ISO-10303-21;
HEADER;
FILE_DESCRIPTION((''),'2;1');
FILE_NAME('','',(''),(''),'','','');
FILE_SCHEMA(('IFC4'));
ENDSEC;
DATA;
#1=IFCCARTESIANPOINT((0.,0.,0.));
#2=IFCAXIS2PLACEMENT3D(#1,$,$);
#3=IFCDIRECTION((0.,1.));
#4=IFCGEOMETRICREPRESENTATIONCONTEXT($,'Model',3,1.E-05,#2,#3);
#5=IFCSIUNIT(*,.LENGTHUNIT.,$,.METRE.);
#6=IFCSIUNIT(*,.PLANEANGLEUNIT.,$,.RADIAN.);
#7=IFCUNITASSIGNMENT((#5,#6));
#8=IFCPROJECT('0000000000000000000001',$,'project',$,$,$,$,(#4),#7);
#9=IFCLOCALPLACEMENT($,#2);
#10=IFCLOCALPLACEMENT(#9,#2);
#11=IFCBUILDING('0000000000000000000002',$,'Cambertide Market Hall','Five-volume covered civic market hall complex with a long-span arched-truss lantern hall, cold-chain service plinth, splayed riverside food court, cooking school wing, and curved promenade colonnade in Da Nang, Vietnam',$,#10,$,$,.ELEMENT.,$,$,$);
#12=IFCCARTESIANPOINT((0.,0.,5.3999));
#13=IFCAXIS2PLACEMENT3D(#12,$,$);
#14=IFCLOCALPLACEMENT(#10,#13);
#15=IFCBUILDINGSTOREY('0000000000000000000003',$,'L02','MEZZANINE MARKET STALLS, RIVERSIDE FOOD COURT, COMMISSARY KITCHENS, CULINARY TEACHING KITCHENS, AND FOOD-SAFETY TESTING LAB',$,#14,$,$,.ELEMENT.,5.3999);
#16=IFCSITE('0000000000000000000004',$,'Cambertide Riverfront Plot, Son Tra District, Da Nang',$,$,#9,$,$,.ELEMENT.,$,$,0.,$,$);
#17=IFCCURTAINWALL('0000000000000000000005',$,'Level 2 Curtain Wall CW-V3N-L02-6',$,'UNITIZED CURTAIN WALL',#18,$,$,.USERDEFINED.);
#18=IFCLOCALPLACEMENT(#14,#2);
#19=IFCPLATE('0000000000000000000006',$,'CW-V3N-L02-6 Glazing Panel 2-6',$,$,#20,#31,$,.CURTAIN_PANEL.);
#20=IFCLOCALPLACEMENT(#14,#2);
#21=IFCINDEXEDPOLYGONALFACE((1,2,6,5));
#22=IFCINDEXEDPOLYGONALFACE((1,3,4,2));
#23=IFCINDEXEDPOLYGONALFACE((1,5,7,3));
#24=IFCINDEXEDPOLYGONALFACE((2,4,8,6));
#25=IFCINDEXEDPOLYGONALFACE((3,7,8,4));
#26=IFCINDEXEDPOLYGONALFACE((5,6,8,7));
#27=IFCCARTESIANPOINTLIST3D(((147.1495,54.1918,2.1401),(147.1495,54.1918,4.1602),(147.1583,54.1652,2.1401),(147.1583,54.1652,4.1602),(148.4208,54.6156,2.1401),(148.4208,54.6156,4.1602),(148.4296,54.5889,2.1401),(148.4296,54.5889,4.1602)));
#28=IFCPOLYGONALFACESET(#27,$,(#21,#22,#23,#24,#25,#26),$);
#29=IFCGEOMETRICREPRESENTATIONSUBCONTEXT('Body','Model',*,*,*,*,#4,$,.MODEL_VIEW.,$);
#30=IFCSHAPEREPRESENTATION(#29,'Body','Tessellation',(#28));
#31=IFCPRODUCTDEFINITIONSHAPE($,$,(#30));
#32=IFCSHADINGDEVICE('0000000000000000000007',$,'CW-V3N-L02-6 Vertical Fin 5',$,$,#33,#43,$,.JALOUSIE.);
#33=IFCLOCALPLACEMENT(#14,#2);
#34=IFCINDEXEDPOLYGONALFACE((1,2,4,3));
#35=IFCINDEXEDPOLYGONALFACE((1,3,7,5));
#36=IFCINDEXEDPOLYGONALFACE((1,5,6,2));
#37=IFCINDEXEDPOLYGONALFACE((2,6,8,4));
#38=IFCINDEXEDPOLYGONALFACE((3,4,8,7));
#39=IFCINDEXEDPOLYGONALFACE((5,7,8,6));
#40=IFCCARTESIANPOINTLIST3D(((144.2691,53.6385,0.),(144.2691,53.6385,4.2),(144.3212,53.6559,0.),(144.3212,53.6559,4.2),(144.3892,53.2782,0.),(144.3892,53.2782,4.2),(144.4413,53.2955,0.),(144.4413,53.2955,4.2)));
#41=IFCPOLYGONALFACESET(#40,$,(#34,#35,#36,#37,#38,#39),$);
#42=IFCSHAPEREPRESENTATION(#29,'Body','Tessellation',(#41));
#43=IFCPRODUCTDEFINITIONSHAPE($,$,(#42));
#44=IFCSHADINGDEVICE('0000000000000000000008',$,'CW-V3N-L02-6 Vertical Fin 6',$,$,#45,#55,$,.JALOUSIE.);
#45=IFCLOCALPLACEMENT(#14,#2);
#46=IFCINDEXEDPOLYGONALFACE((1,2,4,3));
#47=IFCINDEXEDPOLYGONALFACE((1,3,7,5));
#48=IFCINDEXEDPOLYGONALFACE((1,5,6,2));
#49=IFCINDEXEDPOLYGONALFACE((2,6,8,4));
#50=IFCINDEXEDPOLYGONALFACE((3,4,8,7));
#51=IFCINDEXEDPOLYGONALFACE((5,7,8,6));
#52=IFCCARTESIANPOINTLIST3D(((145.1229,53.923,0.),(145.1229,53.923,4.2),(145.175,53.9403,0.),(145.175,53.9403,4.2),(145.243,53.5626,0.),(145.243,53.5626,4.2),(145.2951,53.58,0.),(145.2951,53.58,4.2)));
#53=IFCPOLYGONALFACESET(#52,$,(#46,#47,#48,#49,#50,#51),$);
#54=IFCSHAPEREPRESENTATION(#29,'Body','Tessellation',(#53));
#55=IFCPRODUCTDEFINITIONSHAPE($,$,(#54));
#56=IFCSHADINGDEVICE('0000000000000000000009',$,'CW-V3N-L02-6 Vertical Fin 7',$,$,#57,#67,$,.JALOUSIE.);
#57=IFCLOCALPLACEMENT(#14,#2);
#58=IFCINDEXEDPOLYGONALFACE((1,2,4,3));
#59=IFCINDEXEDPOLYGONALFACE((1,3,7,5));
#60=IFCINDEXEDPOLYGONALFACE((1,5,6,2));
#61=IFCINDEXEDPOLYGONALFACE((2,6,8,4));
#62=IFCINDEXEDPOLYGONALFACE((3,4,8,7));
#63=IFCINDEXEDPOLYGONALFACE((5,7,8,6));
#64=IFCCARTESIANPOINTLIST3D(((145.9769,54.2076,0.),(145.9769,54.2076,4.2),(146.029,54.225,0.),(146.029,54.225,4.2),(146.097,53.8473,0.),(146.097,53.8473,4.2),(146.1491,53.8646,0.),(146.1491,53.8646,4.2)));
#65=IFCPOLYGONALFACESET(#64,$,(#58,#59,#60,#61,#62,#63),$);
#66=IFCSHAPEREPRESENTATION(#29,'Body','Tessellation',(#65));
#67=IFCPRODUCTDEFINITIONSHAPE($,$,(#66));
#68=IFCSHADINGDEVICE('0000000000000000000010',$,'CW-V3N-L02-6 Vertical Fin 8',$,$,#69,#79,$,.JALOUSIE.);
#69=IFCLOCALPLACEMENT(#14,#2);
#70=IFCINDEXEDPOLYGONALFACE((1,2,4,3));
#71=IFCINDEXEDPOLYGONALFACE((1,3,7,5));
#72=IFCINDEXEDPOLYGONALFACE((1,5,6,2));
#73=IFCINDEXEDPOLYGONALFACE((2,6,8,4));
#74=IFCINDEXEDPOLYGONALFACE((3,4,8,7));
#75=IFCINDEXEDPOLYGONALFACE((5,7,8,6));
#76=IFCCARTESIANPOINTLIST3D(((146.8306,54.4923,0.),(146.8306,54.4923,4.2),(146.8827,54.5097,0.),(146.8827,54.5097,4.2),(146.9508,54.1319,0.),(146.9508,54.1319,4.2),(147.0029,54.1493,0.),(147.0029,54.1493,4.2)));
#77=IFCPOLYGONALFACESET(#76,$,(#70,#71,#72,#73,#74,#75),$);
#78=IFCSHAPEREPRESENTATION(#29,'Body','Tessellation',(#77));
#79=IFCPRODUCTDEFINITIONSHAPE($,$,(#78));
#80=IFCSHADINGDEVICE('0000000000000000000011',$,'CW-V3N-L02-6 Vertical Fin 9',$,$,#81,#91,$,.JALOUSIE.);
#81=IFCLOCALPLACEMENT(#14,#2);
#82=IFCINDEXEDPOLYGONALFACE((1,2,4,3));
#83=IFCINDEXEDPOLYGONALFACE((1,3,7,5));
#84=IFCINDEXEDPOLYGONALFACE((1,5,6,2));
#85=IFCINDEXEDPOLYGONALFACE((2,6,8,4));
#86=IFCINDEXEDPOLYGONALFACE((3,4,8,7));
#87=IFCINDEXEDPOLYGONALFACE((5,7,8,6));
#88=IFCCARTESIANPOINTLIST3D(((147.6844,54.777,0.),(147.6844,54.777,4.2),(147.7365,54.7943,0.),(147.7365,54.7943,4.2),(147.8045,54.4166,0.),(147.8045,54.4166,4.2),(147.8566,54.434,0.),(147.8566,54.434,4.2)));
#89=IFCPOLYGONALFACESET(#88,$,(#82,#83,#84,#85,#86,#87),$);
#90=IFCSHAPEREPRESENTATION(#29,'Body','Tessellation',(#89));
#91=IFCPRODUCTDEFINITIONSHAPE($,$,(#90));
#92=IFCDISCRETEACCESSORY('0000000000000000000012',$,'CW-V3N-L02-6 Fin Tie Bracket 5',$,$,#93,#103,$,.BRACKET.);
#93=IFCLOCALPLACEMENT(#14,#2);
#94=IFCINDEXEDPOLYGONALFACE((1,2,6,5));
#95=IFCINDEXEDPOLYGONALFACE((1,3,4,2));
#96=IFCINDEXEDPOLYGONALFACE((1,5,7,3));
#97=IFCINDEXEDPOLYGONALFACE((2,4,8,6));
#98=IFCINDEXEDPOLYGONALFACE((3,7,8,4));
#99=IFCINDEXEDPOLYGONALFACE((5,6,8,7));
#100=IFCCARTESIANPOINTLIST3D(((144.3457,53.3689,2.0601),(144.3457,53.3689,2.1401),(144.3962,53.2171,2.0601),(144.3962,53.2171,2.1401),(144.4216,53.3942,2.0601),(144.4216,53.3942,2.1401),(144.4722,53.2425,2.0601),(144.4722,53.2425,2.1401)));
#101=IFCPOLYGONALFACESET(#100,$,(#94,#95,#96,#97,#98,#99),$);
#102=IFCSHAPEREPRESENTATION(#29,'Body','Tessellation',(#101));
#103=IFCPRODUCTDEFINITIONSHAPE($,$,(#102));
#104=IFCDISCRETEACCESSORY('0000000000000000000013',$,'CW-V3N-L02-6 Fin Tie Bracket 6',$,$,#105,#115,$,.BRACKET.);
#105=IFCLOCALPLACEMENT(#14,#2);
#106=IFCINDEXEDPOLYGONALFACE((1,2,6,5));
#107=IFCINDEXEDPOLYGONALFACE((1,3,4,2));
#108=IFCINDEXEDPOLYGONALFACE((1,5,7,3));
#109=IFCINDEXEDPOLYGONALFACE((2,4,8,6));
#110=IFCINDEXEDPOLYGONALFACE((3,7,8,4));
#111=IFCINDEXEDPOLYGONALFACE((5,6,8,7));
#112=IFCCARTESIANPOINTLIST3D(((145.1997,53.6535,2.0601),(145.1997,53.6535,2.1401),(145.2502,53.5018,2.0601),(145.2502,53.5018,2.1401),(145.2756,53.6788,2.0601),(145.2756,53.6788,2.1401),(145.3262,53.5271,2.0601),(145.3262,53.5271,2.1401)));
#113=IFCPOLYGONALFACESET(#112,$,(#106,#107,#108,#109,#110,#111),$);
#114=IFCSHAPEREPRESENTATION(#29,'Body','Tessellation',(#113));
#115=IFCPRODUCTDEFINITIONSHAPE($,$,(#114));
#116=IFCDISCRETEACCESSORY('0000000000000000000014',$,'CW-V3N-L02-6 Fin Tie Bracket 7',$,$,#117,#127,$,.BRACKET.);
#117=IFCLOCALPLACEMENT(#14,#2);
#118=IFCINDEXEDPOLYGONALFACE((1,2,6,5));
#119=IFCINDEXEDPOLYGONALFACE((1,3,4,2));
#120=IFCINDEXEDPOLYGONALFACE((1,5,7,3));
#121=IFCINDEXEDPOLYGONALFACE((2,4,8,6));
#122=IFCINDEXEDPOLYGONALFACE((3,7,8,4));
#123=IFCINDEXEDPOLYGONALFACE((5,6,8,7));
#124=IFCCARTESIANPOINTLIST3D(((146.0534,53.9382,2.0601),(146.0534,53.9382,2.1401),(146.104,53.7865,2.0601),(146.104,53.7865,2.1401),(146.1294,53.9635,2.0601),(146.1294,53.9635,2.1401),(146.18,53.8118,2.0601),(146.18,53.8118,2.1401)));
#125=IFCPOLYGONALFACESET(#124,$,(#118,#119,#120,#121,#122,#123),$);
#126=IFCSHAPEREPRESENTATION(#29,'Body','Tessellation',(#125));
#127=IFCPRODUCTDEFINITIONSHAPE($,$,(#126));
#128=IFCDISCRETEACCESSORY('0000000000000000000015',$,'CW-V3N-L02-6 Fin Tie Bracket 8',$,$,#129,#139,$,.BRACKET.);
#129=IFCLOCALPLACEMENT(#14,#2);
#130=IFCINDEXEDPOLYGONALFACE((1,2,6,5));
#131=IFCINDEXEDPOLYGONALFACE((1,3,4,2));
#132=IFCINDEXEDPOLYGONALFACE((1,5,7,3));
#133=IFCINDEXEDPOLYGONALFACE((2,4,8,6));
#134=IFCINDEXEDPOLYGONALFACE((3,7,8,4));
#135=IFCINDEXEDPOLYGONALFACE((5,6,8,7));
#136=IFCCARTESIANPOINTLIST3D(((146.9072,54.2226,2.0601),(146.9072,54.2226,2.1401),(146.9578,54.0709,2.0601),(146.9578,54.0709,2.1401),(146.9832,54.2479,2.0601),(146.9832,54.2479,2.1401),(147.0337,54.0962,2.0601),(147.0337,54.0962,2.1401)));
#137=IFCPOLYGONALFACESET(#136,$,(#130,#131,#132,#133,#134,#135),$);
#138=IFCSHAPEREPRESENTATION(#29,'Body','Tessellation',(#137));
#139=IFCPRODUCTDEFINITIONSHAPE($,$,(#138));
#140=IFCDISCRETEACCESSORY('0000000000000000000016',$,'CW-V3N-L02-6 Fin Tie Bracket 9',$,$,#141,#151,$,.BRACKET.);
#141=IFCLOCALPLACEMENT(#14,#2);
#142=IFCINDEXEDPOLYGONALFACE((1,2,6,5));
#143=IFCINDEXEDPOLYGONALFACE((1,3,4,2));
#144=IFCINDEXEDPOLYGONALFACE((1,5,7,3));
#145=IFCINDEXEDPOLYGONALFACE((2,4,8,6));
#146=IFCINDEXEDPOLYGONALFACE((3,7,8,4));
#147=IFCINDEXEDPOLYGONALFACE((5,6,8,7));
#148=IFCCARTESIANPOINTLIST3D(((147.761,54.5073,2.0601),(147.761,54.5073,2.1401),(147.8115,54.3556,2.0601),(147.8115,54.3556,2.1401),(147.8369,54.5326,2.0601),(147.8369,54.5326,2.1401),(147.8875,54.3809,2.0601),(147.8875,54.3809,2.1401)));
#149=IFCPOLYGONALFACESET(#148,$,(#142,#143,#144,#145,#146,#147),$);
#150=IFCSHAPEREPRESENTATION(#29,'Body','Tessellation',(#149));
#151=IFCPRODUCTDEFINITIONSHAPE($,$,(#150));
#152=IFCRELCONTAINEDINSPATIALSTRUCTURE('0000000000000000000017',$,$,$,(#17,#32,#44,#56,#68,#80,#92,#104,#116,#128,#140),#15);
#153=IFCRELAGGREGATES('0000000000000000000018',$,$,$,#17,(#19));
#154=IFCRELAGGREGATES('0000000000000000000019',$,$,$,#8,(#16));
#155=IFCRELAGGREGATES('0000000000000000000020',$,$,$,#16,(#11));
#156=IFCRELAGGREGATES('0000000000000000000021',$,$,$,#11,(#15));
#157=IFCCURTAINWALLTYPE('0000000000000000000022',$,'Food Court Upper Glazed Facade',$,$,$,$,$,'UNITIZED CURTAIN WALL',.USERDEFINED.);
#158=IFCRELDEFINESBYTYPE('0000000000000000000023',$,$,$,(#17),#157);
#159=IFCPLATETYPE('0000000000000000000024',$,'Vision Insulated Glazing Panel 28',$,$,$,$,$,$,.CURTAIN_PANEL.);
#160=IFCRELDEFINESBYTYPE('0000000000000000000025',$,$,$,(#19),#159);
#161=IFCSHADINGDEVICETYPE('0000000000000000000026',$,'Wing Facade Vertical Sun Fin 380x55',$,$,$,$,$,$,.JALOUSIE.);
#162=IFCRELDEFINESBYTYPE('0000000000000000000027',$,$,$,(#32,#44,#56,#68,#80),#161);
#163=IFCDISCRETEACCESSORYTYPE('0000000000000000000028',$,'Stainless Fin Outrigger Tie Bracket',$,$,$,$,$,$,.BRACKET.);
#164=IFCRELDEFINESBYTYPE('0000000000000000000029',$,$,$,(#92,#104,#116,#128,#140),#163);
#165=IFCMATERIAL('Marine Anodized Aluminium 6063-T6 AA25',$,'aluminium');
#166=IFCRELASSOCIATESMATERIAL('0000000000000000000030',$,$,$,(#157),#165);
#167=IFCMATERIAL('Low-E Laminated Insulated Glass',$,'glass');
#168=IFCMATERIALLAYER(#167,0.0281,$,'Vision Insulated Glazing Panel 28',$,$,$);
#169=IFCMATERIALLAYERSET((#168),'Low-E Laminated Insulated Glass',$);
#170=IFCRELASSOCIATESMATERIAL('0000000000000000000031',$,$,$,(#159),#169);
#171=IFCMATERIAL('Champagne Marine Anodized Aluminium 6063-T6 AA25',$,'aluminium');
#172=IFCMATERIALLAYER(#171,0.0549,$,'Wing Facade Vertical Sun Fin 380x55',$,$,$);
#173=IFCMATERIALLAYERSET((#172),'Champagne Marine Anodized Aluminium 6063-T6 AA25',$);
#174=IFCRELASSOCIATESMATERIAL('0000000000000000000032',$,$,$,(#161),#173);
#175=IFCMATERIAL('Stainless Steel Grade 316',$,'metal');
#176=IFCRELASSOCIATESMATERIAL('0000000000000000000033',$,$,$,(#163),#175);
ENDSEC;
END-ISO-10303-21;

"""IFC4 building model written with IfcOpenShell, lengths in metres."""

from ifc_helpers import new_model, si_unit, direction, frame, origin, origin_2d, place, context, subcontext, project, spatial, rectangle, extrude, material, layer, layer_set, type_object, element, aggregate, save


model = new_model("IFC4")

# Units and contexts
model_context = context("Model", 3, precision=1e-05, world=origin(), true_north=direction((0.0, 1.0)))
body_context = subcontext(model_context, "Body", "Model", "MODEL_VIEW")
ifc_project = project(units=[si_unit("LENGTHUNIT", "METRE"), si_unit("PLANEANGLEUNIT", "RADIAN")], contexts=[model_context])

# Site, building, storey
site_placement = place(None, origin())
site = spatial("IfcSite", under=ifc_project, at=site_placement, Name="Cambertide Riverfront Plot, Son Tra District, Da Nang", CompositionType="ELEMENT", RefElevation=0.0)
building_placement = place(site_placement, origin())
building = spatial("IfcBuilding", under=site, at=building_placement, Name="Cambertide Market Hall", Description="Five-volume covered civic market hall complex with a long-span arched-truss lantern hall, cold-chain service plinth, splayed riverside food court, cooking school wing, and curved promenade colonnade in Da Nang, Vietnam", CompositionType="ELEMENT")
storey_placement = place(building_placement, frame((0.0, 0.0, 5.3999)))
storey = spatial("IfcBuildingStorey", under=building, at=storey_placement, Name="L02", Description="MEZZANINE MARKET STALLS, RIVERSIDE FOOD COURT, COMMISSARY KITCHENS, CULINARY TEACHING KITCHENS, AND FOOD-SAFETY TESTING LAB", CompositionType="ELEMENT", Elevation=5.3999)

# Curtain wall
ifc_material_1 = material(Name="Marine Anodized Aluminium 6063-T6 AA25", Category="aluminium")
curtain_wall_type = type_object("IfcCurtainWallType", Name="Food Court Upper Glazed Facade", ElementType="UNITIZED CURTAIN WALL", PredefinedType="USERDEFINED", material=ifc_material_1)
curtain_wall_placement = place(storey_placement, origin())
curtain_wall = element("IfcCurtainWall", 1, at=curtain_wall_placement, inside=storey, type_object=curtain_wall_type, Name="Level 2 Curtain Wall CW-V3N-L02-6", ObjectType="UNITIZED CURTAIN WALL", PredefinedType="USERDEFINED")

# Plate
ifc_material_2 = material(Name="Low-E Laminated Insulated Glass", Category="glass")
ifc_layer_1 = layer(ifc_material_2, 0.0281, Name="Vision Insulated Glazing Panel 28")
ifc_layer_set_1 = layer_set([ifc_layer_1], Name="Low-E Laminated Insulated Glass")
plate_type = type_object("IfcPlateType", Name="Vision Insulated Glazing Panel 28", PredefinedType="CURTAIN_PANEL", material=ifc_layer_set_1)
plate_1_placement = place(storey_placement, frame((147.7896, 54.3904, 2.1401), z_axis=(0.0, 0.0, 1.0), x_axis=(0.948683, 0.316228, 0.0)))
plate_1 = element("IfcPlate", 2, at=plate_1_placement, type_object=plate_type, Name="CW-V3N-L02-6 Glazing Panel 2-6", PredefinedType="CURTAIN_PANEL", context=body_context, shape_type="SweptSolid", body=[
    extrude(rectangle(XDim=1.3401, YDim=0.0281, at=origin_2d()), origin(), (0.0, 0.0, 1.0), 2.02),
])
aggregate(curtain_wall, [plate_1])

# Shading devices
ifc_material_3 = material(Name="Champagne Marine Anodized Aluminium 6063-T6 AA25", Category="aluminium")
ifc_layer_2 = layer(ifc_material_3, 0.0549, Name="Wing Facade Vertical Sun Fin 380x55")
ifc_layer_set_2 = layer_set([ifc_layer_2], Name="Champagne Marine Anodized Aluminium 6063-T6 AA25")
shading_device_type = type_object("IfcShadingDeviceType", Name="Wing Facade Vertical Sun Fin 380x55", PredefinedType="JALOUSIE", material=ifc_layer_set_2)
for number, where, z_axis, x_axis, name in (
    (3, (144.3552, 53.467, 0.0), (0.0, 0.0, 1.0), (0.948683, 0.316228, 0.0), "CW-V3N-L02-6 Vertical Fin 5"),
    (4, (145.209, 53.7515, 0.0), (0.0, 0.0, 1.0), (0.948683, 0.316228, 0.0), "CW-V3N-L02-6 Vertical Fin 6"),
    (5, (146.063, 54.0361, 0.0), (0.0, 0.0, 1.0), (0.948683, 0.316228, 0.0), "CW-V3N-L02-6 Vertical Fin 7"),
    (6, (146.9167, 54.3208, 0.0), (0.0, 0.0, 1.0), (0.948683, 0.316228, 0.0), "CW-V3N-L02-6 Vertical Fin 8"),
    (7, (147.7705, 54.6055, 0.0), (0.0, 0.0, 1.0), (0.948683, 0.316228, 0.0), "CW-V3N-L02-6 Vertical Fin 9"),
):
    element("IfcShadingDevice", number, at=place(storey_placement, frame(where, z_axis=z_axis, x_axis=x_axis)), inside=storey, type_object=shading_device_type, Name=name, PredefinedType="JALOUSIE", context=body_context, shape_type="SweptSolid", body=[
        extrude(rectangle(XDim=0.0549, YDim=0.3799, at=origin_2d()), origin(), (0.0, 0.0, 1.0), 4.2),
    ])

# Discrete accessories
ifc_material_4 = material(Name="Stainless Steel Grade 316", Category="metal")
discrete_accessory_type = type_object("IfcDiscreteAccessoryType", Name="Stainless Fin Outrigger Tie Bracket", PredefinedType="BRACKET", material=ifc_material_4)
for number, where, z_axis, x_axis, name in (
    (8, (144.4089, 53.3057, 2.0601), (0.0, 0.0, 1.0), (0.948683, 0.316228, 0.0), "CW-V3N-L02-6 Fin Tie Bracket 5"),
    (9, (145.2629, 53.5903, 2.0601), (0.0, 0.0, 1.0), (0.948683, 0.316228, 0.0), "CW-V3N-L02-6 Fin Tie Bracket 6"),
    (10, (146.1167, 53.875, 2.0601), (0.0, 0.0, 1.0), (0.948683, 0.316228, 0.0), "CW-V3N-L02-6 Fin Tie Bracket 7"),
    (11, (146.9705, 54.1594, 2.0601), (0.0, 0.0, 1.0), (0.948683, 0.316228, 0.0), "CW-V3N-L02-6 Fin Tie Bracket 8"),
    (12, (147.8242, 54.4441, 2.0601), (0.0, 0.0, 1.0), (0.948683, 0.316228, 0.0), "CW-V3N-L02-6 Fin Tie Bracket 9"),
):
    element("IfcDiscreteAccessory", number, at=place(storey_placement, frame(where, z_axis=z_axis, x_axis=x_axis)), inside=storey, type_object=discrete_accessory_type, Name=name, PredefinedType="BRACKET", context=body_context, shape_type="SweptSolid", body=[
        extrude(rectangle(XDim=0.0801, YDim=0.1599, at=origin_2d()), origin(), (0.0, 0.0, 1.0), 0.0801),
    ])

save(model, "model.ifc")
